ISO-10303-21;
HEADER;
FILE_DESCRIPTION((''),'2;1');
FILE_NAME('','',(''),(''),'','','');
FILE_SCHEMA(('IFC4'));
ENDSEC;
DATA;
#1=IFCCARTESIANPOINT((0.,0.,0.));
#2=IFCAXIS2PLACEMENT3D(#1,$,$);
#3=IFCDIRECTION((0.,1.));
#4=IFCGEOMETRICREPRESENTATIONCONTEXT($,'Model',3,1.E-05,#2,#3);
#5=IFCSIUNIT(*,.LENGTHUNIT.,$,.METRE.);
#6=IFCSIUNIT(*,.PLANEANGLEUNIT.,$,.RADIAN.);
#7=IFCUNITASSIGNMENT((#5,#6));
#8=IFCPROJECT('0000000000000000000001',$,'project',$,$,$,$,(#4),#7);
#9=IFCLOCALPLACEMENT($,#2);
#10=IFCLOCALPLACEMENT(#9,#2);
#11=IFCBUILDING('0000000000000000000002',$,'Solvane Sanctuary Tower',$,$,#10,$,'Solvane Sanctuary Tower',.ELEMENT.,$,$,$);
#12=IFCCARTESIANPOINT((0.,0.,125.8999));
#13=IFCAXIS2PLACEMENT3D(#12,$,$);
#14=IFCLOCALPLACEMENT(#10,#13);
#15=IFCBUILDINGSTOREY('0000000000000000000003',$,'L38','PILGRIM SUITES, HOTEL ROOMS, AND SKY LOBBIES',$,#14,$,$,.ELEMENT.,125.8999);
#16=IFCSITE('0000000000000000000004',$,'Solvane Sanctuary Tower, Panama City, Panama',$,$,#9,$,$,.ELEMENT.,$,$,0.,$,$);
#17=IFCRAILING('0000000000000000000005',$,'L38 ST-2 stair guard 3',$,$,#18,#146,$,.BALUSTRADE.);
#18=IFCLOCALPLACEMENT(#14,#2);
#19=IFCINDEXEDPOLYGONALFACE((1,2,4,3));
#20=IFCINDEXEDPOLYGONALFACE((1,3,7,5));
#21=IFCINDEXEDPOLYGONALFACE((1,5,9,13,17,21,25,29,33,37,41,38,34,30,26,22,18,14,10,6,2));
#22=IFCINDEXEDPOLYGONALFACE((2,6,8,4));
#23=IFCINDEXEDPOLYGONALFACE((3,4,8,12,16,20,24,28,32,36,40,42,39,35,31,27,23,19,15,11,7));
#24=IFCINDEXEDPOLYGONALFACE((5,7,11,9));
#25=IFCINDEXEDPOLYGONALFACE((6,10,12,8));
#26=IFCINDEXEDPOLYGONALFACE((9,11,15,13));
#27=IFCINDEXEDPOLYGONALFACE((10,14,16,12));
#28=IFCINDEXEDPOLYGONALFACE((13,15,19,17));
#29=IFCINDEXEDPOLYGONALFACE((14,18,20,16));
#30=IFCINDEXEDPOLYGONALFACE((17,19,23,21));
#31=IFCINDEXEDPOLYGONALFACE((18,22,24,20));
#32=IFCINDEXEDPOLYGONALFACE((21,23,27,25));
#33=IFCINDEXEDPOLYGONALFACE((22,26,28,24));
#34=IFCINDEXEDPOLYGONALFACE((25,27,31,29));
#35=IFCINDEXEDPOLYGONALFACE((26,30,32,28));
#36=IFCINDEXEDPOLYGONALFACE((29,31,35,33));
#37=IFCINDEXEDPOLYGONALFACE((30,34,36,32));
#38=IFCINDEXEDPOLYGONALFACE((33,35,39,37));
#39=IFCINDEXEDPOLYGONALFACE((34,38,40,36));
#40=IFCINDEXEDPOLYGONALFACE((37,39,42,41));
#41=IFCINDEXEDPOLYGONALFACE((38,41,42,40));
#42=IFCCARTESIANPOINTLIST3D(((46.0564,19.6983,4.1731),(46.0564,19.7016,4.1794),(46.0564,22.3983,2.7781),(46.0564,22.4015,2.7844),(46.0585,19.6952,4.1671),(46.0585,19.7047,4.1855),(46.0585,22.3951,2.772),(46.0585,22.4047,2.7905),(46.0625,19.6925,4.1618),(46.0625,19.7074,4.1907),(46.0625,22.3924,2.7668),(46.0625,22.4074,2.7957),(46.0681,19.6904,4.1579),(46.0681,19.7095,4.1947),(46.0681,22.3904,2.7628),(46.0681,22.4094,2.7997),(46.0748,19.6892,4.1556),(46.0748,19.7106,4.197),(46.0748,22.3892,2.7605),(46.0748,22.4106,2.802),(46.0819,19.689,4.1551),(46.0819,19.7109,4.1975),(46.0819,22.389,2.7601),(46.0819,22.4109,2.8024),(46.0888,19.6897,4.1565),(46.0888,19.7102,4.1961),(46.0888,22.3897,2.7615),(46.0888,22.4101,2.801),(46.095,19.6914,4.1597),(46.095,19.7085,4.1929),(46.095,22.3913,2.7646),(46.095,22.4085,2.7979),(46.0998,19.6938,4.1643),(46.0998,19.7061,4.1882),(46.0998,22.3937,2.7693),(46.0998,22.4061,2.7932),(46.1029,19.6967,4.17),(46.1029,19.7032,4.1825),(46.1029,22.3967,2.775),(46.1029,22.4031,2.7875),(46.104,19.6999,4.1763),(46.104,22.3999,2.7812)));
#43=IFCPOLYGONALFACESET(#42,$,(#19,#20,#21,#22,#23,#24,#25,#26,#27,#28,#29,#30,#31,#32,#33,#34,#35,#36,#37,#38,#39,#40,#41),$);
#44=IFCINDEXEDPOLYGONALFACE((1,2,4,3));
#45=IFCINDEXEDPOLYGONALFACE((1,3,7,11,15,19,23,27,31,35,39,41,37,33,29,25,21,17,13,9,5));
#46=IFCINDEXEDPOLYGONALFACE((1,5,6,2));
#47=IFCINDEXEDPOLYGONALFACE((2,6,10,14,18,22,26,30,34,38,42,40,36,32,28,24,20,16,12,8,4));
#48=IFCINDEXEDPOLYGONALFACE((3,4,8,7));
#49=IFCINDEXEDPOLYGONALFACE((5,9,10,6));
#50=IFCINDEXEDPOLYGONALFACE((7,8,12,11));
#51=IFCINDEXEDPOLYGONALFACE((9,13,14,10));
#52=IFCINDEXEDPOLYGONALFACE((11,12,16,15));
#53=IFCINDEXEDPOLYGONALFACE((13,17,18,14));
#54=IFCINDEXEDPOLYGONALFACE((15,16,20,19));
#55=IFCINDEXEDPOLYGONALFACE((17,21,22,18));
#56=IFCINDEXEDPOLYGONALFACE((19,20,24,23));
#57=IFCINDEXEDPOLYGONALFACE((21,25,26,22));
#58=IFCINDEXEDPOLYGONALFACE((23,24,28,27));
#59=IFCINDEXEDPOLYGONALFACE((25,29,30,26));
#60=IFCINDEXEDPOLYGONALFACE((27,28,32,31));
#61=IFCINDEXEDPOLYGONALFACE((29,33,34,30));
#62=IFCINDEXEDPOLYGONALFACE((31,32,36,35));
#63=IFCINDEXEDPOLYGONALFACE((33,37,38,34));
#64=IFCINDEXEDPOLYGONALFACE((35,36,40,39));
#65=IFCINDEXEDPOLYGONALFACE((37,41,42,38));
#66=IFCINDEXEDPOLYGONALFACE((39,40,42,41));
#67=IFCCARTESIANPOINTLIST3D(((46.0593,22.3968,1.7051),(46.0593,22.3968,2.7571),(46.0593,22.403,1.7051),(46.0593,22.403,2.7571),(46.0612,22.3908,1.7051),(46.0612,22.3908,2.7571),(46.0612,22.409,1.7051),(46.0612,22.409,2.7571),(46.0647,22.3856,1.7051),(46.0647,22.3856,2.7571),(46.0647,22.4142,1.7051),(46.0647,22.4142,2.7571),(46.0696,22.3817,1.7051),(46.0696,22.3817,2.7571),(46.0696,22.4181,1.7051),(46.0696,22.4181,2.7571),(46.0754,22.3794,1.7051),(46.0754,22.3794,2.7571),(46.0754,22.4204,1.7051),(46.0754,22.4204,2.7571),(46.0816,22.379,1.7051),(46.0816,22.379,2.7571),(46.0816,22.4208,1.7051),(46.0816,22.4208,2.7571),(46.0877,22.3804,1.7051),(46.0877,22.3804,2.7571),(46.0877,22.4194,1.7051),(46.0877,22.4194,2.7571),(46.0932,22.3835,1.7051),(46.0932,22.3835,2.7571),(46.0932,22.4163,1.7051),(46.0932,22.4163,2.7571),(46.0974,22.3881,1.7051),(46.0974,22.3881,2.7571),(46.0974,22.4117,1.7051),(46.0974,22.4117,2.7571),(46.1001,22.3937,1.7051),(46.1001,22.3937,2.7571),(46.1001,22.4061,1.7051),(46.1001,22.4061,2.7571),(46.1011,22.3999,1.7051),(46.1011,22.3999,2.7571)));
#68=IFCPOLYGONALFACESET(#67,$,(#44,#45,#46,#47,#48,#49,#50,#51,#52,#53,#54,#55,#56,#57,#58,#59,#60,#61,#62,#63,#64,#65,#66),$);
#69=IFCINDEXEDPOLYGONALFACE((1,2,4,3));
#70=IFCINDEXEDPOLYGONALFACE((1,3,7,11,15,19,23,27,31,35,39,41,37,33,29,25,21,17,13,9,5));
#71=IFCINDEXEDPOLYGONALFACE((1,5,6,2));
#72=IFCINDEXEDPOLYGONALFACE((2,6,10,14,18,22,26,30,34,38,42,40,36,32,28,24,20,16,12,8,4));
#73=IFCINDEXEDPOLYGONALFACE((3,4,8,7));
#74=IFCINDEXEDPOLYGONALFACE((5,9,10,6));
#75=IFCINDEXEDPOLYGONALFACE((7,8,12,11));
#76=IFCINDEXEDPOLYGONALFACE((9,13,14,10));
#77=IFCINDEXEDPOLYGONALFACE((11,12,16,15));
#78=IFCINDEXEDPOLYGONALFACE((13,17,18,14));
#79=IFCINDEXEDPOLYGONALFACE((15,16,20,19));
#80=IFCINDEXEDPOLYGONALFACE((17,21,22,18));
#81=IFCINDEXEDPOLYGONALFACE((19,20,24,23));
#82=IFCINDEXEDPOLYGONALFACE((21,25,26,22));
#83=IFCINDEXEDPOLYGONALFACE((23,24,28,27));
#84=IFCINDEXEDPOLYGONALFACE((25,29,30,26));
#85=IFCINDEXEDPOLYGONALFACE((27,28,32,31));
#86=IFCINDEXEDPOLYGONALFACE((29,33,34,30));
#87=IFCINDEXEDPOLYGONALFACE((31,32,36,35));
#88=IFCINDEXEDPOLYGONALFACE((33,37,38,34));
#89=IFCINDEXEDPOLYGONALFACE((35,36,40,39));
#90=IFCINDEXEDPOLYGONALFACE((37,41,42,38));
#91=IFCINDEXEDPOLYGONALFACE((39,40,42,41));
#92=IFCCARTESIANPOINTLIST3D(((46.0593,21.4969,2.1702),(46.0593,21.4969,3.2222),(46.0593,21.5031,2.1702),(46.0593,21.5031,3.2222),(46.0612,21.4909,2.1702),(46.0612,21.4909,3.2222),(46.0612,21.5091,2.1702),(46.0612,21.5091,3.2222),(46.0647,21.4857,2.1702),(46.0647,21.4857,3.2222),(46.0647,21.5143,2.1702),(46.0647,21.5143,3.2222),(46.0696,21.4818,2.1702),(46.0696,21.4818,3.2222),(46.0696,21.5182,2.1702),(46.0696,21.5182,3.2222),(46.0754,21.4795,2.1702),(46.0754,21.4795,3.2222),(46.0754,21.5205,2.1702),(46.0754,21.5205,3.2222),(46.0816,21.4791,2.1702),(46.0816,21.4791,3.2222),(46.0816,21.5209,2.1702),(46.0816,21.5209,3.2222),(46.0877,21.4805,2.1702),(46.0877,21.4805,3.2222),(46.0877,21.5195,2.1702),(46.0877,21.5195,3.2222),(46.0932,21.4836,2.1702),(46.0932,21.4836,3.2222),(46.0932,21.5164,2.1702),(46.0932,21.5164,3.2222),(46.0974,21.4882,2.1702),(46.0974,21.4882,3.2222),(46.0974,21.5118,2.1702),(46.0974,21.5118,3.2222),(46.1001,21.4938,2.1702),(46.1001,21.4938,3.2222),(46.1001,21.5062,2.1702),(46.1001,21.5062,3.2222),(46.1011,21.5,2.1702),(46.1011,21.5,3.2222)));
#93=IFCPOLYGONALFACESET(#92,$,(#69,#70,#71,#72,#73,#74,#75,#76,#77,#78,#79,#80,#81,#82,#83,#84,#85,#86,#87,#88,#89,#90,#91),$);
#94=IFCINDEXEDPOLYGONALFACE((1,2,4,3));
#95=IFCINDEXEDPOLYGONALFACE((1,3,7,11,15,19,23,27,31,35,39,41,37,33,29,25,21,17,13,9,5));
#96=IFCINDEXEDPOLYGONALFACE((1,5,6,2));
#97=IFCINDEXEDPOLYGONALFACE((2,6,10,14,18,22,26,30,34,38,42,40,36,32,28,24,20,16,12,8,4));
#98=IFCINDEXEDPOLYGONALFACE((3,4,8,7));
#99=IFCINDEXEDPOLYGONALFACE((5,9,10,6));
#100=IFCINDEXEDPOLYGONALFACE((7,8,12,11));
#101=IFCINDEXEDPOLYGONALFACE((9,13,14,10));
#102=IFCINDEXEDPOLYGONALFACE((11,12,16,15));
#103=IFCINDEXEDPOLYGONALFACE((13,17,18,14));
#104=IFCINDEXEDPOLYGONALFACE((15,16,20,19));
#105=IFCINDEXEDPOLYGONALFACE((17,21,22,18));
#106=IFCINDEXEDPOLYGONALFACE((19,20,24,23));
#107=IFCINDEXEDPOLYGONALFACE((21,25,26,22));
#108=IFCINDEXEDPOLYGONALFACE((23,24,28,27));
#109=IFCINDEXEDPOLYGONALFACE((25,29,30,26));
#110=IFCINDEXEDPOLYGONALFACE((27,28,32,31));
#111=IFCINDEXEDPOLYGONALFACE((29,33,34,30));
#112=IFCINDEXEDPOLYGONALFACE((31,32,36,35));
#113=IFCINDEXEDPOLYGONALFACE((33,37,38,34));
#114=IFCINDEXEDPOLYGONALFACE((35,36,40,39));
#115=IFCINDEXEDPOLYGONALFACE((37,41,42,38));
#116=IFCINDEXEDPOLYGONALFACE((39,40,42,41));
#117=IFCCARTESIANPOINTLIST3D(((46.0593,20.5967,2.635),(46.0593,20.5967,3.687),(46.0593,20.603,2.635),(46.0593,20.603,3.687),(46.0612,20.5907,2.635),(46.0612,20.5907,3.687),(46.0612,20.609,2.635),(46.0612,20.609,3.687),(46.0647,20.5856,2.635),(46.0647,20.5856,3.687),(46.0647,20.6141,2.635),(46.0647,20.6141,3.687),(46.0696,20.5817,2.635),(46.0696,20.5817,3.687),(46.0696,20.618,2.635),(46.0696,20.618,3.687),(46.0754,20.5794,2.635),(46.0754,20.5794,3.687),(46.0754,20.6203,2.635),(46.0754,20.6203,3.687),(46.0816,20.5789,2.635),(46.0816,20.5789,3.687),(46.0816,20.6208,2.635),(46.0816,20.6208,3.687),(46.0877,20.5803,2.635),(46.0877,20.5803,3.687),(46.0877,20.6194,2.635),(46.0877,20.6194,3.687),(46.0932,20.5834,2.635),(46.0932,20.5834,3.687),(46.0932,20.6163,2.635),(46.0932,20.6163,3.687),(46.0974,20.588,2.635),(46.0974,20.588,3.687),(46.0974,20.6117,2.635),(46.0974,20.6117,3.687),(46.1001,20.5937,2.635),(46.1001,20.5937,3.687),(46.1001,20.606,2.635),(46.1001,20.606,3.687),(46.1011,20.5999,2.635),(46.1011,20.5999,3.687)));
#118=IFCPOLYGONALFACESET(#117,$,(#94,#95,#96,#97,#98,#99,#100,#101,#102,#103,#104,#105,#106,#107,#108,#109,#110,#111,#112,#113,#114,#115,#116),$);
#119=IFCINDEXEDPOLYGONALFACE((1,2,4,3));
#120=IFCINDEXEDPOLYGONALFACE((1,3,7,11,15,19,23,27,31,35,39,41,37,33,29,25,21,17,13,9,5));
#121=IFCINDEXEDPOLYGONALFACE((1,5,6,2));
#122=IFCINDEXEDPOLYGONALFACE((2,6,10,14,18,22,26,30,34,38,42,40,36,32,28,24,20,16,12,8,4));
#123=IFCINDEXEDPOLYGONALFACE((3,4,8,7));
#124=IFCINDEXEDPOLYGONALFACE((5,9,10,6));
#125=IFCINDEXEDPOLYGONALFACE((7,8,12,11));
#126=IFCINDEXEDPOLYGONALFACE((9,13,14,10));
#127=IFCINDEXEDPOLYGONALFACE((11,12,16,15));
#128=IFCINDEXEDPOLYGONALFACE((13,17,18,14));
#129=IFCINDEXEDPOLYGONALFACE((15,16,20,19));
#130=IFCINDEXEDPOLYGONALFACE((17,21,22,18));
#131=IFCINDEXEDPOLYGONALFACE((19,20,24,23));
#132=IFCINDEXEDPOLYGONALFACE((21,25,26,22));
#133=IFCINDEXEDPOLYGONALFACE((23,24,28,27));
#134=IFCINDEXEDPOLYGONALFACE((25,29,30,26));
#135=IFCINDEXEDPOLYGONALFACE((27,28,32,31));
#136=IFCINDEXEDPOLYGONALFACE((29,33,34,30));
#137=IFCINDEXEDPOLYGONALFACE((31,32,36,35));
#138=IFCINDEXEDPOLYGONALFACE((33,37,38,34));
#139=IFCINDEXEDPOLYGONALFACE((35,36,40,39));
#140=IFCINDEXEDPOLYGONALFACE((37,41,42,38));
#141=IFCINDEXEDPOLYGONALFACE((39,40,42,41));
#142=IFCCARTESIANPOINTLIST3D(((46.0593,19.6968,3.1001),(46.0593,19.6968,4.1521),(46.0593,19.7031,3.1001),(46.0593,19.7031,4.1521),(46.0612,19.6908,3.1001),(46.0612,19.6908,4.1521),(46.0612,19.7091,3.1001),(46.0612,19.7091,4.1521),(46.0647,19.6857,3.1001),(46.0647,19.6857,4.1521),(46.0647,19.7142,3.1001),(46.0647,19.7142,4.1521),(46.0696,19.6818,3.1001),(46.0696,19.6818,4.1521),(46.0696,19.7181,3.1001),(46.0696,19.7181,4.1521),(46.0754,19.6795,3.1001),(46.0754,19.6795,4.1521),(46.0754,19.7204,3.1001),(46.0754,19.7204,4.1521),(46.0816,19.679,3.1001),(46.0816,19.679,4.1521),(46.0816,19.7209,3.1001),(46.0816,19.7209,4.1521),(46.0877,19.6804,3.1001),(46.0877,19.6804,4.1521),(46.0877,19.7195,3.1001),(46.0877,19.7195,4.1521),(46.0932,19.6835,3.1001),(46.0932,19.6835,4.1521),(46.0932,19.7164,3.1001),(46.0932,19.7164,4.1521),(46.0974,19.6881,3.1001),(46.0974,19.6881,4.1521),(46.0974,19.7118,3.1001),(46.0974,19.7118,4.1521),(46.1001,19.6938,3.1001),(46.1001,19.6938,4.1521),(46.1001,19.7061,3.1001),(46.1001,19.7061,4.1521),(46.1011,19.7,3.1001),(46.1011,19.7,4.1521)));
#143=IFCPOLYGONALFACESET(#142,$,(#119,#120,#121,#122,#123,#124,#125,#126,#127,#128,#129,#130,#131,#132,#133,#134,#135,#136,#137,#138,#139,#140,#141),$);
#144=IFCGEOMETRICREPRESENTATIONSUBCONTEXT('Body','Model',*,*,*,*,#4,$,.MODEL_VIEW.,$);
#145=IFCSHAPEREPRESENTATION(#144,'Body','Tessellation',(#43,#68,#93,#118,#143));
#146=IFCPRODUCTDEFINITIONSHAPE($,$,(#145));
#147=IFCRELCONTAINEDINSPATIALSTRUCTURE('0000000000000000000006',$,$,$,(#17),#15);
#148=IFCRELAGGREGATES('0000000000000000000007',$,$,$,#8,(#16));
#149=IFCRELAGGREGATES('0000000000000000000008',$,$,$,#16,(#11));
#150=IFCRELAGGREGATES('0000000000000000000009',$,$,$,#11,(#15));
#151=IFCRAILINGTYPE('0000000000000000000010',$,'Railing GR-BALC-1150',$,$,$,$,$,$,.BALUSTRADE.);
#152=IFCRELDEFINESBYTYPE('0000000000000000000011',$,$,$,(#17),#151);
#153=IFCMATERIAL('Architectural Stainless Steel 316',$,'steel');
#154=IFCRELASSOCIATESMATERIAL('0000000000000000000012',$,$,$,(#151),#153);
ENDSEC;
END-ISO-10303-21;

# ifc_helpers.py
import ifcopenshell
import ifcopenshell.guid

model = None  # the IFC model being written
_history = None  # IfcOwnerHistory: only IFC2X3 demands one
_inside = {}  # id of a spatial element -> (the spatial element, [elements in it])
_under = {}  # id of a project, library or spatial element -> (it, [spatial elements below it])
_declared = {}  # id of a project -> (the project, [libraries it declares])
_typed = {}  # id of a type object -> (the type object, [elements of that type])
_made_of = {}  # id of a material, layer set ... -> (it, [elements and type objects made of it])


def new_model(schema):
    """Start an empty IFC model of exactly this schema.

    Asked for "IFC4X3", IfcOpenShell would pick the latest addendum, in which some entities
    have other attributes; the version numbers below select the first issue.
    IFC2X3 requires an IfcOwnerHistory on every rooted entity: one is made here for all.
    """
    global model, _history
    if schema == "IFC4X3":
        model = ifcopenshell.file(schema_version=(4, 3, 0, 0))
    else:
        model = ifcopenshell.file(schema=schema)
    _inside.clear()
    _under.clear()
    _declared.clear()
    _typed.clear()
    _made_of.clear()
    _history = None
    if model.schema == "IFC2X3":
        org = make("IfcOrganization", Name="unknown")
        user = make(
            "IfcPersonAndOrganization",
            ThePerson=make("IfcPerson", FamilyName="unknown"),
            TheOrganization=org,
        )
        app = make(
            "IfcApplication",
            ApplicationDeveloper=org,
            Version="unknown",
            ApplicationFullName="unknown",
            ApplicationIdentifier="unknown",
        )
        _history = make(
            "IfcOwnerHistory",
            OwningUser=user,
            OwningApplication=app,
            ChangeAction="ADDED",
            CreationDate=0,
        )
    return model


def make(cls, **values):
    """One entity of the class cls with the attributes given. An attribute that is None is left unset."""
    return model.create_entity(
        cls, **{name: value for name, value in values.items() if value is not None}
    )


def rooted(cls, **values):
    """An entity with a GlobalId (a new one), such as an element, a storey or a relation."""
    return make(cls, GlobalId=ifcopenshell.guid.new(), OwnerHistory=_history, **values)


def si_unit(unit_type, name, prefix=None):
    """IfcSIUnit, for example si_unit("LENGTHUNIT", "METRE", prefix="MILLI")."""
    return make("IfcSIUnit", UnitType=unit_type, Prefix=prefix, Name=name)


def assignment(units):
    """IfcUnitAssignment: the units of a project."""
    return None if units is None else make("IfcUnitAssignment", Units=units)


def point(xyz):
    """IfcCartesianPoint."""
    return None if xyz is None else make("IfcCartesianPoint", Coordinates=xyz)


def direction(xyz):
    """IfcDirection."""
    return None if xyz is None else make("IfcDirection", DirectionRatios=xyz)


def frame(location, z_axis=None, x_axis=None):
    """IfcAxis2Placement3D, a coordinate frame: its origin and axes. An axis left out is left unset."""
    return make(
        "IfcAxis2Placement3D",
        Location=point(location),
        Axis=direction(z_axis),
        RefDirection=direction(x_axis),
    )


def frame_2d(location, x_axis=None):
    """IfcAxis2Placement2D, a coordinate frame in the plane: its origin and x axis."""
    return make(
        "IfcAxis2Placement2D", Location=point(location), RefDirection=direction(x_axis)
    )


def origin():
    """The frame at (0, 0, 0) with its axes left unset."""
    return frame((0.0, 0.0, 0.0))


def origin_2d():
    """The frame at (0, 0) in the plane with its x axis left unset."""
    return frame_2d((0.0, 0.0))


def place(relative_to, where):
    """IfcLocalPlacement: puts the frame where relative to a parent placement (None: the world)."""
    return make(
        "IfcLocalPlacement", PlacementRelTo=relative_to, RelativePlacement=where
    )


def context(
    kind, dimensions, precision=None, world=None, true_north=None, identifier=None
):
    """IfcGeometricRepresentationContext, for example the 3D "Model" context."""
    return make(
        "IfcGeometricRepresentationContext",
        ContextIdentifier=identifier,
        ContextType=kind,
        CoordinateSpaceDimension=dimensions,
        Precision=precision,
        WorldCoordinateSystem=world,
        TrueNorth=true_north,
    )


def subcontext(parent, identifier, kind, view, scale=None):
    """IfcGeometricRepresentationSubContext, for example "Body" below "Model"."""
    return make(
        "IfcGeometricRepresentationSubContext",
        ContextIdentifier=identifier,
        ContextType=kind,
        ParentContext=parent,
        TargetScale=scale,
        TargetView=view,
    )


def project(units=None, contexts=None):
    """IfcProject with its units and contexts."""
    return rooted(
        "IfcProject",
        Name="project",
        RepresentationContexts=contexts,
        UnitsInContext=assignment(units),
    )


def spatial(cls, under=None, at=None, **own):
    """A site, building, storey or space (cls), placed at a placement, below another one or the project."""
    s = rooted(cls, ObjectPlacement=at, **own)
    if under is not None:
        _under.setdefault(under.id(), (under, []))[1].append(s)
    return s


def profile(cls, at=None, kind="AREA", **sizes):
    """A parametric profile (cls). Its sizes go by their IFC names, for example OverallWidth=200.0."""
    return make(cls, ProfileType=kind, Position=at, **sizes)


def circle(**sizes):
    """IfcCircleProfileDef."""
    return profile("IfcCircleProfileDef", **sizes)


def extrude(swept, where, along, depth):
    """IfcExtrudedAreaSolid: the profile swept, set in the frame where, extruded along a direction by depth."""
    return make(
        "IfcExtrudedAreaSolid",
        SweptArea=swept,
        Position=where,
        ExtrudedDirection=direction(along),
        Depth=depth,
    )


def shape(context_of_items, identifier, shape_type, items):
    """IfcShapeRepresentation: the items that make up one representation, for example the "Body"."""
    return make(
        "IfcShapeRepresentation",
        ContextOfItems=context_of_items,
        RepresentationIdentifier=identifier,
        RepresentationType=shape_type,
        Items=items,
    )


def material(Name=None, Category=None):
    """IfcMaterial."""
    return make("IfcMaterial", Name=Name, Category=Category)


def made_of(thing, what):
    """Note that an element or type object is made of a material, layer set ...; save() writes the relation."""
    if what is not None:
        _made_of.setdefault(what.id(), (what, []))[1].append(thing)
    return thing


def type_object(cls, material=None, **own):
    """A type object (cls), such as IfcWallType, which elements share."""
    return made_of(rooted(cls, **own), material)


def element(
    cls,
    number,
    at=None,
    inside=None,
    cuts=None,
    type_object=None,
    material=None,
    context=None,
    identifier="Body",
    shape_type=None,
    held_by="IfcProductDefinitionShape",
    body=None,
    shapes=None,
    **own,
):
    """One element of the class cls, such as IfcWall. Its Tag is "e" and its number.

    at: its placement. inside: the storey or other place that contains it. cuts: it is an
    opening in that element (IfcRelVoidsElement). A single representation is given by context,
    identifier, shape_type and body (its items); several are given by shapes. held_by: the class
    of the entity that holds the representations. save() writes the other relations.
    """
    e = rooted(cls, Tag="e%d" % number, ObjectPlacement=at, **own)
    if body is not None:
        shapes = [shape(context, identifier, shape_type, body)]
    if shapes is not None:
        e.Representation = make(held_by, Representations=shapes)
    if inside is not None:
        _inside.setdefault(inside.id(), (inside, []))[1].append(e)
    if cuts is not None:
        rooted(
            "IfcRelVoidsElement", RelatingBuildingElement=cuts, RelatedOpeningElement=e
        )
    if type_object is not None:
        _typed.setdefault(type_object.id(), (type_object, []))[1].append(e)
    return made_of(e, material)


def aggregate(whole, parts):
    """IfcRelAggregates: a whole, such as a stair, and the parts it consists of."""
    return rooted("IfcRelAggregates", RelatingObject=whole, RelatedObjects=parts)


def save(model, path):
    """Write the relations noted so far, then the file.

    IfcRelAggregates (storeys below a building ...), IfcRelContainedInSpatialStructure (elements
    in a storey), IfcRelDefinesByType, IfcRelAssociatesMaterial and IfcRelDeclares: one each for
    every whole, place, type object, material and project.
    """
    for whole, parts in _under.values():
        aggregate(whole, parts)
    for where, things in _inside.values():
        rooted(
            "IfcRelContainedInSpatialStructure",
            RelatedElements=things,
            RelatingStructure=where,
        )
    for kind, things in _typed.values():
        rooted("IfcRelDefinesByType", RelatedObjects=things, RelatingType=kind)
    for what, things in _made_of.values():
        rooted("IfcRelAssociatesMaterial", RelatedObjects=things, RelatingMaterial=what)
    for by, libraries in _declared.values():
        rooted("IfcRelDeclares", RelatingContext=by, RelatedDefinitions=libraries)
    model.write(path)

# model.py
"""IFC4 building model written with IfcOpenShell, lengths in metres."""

from ifc_helpers import new_model, si_unit, direction, frame, origin, origin_2d, place, context, subcontext, project, spatial, circle, extrude, material, type_object, element, save


model = new_model("IFC4")

# Units and contexts
model_context = context("Model", 3, precision=1e-05, world=origin(), true_north=direction((0.0, 1.0)))
body_context = subcontext(model_context, "Body", "Model", "MODEL_VIEW")
ifc_project = project(units=[si_unit("LENGTHUNIT", "METRE"), si_unit("PLANEANGLEUNIT", "RADIAN")], contexts=[model_context])

# Site, building, storey
site_placement = place(None, origin())
site = spatial("IfcSite", under=ifc_project, at=site_placement, Name="Solvane Sanctuary Tower, Panama City, Panama", CompositionType="ELEMENT", RefElevation=0.0)
building_placement = place(site_placement, origin())
building = spatial("IfcBuilding", under=site, at=building_placement, Name="Solvane Sanctuary Tower", LongName="Solvane Sanctuary Tower", CompositionType="ELEMENT")
storey_placement = place(building_placement, frame((0.0, 0.0, 125.8999)))
storey = spatial("IfcBuildingStorey", under=building, at=storey_placement, Name="L38", Description="PILGRIM SUITES, HOTEL ROOMS, AND SKY LOBBIES", CompositionType="ELEMENT", Elevation=125.8999)

# Shared definitions
ifc_material_1 = material(Name="Architectural Stainless Steel 316", Category="steel")

# Railing
railing_type_1 = type_object("IfcRailingType", Name="Railing GR-BALC-1150", PredefinedType="BALUSTRADE", material=ifc_material_1)
railing_1_placement = place(storey_placement, frame((46.0801, 22.3999, 1.7051)))
element("IfcRailing", 1, at=railing_1_placement, inside=storey, type_object=railing_type_1, Name="L38 ST-2 stair guard 3", PredefinedType="BALUSTRADE", context=body_context, shape_type="SweptSolid", body=[
    extrude(circle(Radius=0.0239, at=origin_2d()), frame((0.0, 0.0, 1.0762), z_axis=(0.0, -0.88842, 0.459032), x_axis=(1.0, 0.0, 0.0)), (0.0, 0.0, 1.0), 3.0391),
    extrude(circle(Radius=0.021, at=origin_2d()), origin(), (0.0, 0.0, 1.0), 1.052),
    extrude(circle(Radius=0.021, at=origin_2d()), frame((0.0, -0.8999, 0.4651)), (0.0, 0.0, 1.0), 1.052),
    extrude(circle(Radius=0.021, at=origin_2d()), frame((0.0, -1.8, 0.9299)), (0.0, 0.0, 1.0), 1.052),
    extrude(circle(Radius=0.021, at=origin_2d()), frame((0.0, -2.7, 1.395)), (0.0, 0.0, 1.0), 1.052),
])

save(model, "model.ifc")
